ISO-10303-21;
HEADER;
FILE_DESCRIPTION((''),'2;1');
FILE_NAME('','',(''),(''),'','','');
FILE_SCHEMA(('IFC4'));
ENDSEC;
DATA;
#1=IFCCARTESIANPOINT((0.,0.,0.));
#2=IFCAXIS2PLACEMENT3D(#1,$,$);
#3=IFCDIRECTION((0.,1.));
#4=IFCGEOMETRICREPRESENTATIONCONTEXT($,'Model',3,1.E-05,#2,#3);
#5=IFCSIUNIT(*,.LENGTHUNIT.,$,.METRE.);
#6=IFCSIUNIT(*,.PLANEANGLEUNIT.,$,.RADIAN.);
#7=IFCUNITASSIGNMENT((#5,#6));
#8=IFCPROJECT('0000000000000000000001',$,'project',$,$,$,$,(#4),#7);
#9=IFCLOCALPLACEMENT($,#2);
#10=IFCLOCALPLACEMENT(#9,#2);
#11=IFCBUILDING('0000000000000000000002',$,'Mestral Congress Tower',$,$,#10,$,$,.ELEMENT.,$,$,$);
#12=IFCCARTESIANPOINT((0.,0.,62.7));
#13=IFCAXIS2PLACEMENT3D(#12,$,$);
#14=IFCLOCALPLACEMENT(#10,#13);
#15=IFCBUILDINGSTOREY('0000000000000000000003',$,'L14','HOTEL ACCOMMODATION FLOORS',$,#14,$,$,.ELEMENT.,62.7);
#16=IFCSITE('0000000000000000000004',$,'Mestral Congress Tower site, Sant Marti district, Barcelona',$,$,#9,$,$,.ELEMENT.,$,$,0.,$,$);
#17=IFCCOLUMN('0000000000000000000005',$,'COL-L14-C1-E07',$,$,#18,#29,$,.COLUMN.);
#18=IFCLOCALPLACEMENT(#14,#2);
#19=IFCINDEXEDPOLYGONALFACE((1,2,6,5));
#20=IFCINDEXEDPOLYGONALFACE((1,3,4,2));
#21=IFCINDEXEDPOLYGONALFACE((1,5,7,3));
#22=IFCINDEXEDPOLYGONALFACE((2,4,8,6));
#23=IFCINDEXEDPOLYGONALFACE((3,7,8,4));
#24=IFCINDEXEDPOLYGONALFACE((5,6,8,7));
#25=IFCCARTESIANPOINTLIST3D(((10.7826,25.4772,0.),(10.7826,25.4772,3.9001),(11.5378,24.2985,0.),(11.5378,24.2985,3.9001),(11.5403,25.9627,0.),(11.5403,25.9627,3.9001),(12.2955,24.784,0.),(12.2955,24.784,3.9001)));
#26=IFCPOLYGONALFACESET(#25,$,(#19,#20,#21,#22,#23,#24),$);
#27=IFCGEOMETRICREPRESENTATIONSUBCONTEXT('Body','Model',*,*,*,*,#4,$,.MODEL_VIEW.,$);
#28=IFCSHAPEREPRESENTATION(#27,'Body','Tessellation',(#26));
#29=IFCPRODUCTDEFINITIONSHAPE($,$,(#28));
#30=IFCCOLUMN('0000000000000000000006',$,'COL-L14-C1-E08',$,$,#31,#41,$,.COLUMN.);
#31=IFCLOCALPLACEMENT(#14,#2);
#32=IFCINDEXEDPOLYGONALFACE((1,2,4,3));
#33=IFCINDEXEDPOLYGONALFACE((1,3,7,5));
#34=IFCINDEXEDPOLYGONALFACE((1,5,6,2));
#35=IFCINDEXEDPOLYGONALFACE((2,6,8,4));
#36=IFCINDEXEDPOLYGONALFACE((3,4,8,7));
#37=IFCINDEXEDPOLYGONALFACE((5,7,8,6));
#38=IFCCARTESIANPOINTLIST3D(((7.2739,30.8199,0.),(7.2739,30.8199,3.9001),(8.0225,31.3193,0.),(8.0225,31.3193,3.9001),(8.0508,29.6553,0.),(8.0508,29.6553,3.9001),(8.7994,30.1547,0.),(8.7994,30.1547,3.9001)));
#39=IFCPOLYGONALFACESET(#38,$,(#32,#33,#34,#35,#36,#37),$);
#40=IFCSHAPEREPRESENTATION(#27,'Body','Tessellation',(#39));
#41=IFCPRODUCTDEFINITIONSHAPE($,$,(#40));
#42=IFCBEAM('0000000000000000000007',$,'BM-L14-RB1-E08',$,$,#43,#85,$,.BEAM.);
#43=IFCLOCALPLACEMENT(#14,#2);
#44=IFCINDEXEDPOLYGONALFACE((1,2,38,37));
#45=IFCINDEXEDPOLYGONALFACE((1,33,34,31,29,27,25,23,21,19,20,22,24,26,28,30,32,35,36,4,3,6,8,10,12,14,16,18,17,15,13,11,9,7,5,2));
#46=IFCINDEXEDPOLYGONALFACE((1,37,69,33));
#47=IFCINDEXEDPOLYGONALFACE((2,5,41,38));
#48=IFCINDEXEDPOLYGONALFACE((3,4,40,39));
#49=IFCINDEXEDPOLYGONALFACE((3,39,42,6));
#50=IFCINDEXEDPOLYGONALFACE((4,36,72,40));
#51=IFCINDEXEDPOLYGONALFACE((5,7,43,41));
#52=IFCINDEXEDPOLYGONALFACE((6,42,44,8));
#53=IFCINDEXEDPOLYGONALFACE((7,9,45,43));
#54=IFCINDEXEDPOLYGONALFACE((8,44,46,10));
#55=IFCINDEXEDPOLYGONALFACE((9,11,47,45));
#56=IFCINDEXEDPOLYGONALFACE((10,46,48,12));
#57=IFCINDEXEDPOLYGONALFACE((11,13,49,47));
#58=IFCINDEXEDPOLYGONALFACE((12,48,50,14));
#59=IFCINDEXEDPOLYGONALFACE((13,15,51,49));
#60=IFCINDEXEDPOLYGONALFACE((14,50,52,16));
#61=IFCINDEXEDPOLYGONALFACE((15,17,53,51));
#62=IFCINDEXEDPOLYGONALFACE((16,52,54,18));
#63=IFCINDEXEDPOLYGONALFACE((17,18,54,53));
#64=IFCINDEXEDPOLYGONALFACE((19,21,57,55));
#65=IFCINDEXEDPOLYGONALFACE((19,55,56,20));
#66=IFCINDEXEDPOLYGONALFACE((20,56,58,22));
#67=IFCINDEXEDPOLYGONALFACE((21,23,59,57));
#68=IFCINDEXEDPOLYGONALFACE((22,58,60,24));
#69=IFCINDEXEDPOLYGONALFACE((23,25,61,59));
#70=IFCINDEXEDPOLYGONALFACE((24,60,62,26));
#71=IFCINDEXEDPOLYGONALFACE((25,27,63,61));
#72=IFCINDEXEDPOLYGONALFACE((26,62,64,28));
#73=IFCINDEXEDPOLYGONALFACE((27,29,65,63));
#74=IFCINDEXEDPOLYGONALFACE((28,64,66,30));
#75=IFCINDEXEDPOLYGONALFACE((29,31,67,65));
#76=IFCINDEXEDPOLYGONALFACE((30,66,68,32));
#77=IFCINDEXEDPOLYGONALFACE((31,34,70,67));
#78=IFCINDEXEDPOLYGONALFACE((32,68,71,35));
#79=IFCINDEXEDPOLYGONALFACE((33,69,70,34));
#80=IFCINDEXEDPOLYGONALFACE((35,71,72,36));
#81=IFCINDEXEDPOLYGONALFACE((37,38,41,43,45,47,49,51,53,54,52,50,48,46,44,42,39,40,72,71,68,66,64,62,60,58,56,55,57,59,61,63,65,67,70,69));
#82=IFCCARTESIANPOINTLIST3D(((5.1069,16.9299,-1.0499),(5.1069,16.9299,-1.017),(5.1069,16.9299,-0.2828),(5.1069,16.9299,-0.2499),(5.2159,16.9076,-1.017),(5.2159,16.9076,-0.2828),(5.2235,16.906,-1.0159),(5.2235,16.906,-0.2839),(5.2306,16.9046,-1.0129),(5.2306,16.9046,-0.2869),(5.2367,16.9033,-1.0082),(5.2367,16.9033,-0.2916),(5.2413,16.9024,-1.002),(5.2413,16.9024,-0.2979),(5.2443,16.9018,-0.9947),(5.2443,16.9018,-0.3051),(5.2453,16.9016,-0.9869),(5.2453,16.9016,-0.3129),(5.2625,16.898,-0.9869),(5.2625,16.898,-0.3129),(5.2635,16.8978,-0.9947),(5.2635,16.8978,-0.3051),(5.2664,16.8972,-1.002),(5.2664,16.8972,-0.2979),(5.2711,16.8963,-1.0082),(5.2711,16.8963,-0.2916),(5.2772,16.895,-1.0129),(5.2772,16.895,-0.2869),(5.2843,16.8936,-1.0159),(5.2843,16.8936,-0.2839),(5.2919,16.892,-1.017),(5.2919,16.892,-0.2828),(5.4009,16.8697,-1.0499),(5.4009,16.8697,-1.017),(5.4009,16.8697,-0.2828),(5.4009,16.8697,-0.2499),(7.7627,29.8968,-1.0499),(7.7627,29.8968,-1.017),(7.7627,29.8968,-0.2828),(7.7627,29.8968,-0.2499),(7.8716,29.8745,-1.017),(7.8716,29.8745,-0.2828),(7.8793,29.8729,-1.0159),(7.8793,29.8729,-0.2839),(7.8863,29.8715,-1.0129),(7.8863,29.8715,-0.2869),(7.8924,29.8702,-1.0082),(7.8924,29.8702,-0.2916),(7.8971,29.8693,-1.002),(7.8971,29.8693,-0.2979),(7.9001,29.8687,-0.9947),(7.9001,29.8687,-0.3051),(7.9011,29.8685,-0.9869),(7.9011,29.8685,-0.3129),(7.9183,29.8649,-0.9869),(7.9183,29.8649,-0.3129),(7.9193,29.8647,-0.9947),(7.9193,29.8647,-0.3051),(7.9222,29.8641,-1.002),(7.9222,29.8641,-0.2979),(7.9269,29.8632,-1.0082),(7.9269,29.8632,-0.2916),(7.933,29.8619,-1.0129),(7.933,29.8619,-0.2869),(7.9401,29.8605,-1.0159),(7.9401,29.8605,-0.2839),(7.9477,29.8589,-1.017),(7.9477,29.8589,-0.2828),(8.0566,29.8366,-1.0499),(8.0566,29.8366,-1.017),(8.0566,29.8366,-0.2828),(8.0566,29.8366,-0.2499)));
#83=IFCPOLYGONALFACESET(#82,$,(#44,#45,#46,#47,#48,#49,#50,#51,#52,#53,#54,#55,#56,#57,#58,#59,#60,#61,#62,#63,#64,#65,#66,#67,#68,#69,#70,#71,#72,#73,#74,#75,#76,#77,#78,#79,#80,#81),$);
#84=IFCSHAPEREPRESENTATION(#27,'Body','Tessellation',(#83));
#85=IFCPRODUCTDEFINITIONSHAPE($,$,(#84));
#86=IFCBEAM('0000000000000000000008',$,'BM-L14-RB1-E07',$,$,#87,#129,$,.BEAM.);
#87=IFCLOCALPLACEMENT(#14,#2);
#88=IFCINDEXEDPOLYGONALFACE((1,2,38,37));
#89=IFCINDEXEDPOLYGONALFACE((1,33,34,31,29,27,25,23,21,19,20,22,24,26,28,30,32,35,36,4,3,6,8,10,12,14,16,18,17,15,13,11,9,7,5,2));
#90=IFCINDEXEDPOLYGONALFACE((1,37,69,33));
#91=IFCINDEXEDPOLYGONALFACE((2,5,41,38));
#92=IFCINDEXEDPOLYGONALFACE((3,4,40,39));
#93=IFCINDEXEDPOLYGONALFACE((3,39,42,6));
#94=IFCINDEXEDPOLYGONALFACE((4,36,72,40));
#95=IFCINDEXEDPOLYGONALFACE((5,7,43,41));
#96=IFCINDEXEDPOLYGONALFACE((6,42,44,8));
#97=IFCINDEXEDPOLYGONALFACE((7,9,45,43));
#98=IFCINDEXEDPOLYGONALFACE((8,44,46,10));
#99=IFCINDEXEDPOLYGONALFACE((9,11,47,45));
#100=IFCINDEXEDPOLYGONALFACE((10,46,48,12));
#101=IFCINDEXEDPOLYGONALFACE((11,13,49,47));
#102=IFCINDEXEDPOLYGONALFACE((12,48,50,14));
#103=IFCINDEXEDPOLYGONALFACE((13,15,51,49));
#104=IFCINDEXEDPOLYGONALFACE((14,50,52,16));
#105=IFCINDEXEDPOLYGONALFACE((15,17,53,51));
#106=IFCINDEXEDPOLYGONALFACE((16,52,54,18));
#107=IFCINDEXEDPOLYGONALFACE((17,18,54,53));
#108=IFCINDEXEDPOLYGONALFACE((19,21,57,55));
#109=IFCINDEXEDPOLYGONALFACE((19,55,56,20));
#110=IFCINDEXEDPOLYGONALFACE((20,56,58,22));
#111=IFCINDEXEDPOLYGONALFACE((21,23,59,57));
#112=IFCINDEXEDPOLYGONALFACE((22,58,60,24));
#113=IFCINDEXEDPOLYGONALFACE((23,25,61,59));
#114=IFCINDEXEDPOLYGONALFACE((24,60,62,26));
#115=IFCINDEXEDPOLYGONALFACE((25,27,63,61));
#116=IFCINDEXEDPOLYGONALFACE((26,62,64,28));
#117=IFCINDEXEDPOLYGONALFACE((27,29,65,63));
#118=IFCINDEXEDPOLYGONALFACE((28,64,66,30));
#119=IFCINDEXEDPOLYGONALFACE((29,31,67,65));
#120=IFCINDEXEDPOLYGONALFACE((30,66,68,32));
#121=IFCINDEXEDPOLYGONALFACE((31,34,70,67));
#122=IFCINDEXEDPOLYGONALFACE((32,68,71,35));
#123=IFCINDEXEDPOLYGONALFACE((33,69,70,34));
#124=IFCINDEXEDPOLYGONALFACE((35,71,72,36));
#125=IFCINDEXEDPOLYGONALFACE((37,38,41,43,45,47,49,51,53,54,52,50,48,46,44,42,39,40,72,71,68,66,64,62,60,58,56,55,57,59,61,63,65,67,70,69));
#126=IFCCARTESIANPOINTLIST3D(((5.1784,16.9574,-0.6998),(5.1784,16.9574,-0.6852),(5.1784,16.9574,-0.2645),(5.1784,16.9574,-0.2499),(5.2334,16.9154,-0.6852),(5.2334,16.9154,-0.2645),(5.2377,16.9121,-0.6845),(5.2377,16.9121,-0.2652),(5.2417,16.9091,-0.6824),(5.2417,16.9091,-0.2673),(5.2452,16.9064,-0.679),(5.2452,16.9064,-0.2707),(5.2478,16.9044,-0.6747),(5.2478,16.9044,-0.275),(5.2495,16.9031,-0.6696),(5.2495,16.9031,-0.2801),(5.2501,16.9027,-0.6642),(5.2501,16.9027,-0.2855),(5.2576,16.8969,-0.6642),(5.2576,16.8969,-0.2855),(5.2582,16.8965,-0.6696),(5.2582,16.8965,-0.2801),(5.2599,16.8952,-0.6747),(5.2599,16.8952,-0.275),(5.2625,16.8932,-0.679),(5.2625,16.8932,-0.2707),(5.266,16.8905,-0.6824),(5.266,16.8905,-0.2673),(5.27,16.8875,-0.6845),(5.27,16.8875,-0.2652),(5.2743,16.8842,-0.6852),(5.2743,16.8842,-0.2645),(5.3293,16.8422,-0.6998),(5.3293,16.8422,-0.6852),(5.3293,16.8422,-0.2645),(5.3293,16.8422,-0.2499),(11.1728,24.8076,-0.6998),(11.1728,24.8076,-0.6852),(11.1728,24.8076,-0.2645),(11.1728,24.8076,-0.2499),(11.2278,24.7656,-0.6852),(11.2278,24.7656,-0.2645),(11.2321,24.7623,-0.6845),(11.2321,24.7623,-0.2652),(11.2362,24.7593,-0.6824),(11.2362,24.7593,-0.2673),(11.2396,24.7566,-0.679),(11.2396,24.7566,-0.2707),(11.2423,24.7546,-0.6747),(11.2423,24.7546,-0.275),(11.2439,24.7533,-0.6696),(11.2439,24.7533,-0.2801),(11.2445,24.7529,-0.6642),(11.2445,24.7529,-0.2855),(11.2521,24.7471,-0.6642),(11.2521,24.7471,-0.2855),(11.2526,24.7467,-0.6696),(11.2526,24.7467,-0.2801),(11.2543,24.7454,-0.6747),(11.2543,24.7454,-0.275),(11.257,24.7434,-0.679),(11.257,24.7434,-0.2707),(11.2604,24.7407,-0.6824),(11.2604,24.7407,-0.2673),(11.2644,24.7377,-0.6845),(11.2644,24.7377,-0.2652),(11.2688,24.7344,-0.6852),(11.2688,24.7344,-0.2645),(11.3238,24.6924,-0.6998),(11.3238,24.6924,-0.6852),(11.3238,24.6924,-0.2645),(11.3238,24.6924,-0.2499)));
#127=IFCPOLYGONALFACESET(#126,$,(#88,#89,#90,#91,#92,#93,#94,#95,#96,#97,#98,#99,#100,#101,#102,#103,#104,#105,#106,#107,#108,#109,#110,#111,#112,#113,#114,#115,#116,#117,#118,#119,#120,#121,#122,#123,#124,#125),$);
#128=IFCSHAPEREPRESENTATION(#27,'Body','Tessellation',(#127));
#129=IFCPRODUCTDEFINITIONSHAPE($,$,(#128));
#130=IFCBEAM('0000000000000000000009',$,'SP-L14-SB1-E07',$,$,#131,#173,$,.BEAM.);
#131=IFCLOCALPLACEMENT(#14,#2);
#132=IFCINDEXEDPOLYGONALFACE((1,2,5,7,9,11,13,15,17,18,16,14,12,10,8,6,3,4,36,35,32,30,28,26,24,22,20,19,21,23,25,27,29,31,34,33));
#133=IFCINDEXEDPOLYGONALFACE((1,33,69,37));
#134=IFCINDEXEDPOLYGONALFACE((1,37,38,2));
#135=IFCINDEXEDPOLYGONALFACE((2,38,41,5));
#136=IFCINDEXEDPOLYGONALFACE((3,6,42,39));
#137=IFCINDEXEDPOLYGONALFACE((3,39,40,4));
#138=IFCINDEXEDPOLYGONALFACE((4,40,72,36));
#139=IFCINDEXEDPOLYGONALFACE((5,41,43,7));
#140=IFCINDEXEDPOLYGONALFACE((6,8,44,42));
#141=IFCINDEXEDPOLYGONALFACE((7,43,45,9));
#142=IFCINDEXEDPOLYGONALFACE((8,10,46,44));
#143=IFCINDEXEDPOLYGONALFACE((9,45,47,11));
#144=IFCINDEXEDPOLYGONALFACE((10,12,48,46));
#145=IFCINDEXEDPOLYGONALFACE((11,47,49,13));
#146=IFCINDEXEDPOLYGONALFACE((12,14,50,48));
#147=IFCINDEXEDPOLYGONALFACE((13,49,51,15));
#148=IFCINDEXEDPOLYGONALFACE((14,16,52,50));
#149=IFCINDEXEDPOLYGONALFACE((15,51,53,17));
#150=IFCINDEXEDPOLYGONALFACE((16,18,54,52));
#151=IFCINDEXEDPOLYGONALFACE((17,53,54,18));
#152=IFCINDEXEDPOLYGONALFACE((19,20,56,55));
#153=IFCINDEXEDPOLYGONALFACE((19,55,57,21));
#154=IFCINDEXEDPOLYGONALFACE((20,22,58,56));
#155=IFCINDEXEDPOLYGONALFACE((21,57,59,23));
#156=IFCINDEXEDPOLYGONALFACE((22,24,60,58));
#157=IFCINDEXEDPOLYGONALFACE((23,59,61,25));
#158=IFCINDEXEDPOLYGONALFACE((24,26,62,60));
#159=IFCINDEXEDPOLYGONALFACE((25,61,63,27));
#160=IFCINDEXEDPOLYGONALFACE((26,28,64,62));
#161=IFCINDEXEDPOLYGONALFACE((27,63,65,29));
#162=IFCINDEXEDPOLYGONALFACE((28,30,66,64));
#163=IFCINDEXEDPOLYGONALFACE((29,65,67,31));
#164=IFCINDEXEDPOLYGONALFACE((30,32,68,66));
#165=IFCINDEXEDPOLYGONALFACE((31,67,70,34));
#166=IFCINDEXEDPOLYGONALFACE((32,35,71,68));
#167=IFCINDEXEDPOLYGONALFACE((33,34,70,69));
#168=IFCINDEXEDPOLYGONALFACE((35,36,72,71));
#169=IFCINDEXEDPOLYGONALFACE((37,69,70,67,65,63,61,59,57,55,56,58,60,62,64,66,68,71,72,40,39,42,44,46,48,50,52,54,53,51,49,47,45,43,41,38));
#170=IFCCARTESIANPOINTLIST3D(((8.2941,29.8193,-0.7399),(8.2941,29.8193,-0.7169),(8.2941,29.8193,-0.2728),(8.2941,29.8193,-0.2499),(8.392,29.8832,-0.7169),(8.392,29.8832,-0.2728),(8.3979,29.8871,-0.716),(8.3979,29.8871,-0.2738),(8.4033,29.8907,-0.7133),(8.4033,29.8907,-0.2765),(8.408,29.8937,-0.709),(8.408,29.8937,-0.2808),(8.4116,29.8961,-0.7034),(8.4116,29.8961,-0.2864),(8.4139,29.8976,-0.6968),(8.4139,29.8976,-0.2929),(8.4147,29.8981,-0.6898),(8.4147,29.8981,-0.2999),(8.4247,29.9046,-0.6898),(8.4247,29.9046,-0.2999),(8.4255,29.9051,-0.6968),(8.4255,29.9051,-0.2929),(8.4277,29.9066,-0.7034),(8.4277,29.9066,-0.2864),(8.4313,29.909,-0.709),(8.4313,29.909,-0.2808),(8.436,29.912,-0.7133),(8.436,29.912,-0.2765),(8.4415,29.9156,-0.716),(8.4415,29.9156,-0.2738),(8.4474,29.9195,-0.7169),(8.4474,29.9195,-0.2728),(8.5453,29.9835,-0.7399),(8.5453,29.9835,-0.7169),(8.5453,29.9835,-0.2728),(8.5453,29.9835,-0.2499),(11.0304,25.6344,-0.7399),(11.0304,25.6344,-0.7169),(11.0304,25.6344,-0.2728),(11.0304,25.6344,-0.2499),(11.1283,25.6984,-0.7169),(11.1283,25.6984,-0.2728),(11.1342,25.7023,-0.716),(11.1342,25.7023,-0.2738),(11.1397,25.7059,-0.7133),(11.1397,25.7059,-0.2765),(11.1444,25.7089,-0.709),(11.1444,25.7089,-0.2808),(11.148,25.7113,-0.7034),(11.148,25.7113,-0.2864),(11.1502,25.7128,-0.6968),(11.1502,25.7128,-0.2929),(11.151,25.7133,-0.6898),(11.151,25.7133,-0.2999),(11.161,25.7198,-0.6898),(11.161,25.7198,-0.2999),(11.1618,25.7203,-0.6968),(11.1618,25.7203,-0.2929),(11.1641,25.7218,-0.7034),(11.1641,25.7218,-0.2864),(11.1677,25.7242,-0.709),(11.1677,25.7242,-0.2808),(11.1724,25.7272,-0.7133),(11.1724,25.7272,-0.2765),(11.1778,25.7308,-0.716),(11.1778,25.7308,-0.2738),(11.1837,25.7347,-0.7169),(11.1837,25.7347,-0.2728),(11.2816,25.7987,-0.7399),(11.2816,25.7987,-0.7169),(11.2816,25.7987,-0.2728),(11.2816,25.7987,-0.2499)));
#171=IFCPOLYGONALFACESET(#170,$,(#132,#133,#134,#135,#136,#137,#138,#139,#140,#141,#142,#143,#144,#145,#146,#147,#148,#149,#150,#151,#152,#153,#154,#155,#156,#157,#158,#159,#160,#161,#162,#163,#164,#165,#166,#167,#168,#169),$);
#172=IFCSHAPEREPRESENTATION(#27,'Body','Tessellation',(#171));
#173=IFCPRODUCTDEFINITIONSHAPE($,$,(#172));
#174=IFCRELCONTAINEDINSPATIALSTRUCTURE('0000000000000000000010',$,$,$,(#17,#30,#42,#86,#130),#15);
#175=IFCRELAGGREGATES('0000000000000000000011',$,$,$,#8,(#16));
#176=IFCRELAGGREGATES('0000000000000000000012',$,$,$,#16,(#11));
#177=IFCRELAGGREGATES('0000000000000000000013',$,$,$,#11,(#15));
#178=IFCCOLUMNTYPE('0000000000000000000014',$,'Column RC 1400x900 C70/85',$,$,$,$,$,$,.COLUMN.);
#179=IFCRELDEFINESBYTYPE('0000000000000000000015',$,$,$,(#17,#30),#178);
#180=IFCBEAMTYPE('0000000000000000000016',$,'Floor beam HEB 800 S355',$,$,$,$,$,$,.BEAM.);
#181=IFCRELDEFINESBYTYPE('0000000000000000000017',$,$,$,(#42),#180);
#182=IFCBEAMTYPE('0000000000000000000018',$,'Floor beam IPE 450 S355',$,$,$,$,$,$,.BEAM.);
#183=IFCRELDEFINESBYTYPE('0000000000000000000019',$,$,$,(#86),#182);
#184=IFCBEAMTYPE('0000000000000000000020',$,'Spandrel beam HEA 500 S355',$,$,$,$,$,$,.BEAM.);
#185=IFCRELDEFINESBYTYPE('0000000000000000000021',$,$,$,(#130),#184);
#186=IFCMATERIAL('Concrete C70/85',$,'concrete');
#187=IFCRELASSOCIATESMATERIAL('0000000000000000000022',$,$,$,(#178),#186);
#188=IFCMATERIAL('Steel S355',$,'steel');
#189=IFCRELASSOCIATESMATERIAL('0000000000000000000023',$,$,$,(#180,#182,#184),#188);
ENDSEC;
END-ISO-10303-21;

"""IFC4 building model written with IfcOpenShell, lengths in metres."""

from ifc_helpers import new_model, si_unit, direction, frame, origin, origin_2d, place, context, subcontext, project, spatial, rectangle, i_section, extrude, material, material_profile, profile_set, type_object, element, save


model = new_model("IFC4")

# Units and contexts
model_context = context("Model", 3, precision=1e-05, world=origin(), true_north=direction((0.0, 1.0)))
body_context = subcontext(model_context, "Body", "Model", "MODEL_VIEW")
ifc_project = project(units=[si_unit("LENGTHUNIT", "METRE"), si_unit("PLANEANGLEUNIT", "RADIAN")], contexts=[model_context])

# Site, building, storey
site_placement = place(None, origin())
site = spatial("IfcSite", under=ifc_project, at=site_placement, Name="Mestral Congress Tower site, Sant Marti district, Barcelona", CompositionType="ELEMENT", RefElevation=0.0)
building_placement = place(site_placement, origin())
building = spatial("IfcBuilding", under=site, at=building_placement, Name="Mestral Congress Tower", CompositionType="ELEMENT")
storey_placement = place(building_placement, frame((0.0, 0.0, 62.7)))
storey = spatial("IfcBuildingStorey", under=building, at=storey_placement, Name="L14", Description="HOTEL ACCOMMODATION FLOORS", CompositionType="ELEMENT", Elevation=62.7)

# Columns
ifc_material_1 = material(Name="Concrete C70/85", Category="concrete")
ifc_material_profile_1 = material_profile(ifc_material_1, rectangle(XDim=1.3999, YDim=0.8999, at=origin_2d()), Name="RC 1400x900")
ifc_profile_set_1 = profile_set([ifc_material_profile_1], Name="Concrete C70/85")
column_type = type_object("IfcColumnType", Name="Column RC 1400x900 C70/85", PredefinedType="COLUMN", material=ifc_profile_set_1)
for number, where, z_axis, x_axis, name in (
    (1, (11.5391, 25.1306, 0.0), (0.0, 0.0, 1.0), (-0.539476, 0.842001, 0.0), "COL-L14-C1-E07"),
    (2, (8.0366, 30.4873, 0.0), (0.0, 0.0, 1.0), (-0.554949, 0.831884, 0.0), "COL-L14-C1-E08"),
):
    element("IfcColumn", number, at=place(storey_placement, frame(where, z_axis=z_axis, x_axis=x_axis)), inside=storey, type_object=column_type, Name=name, PredefinedType="COLUMN", context=body_context, shape_type="SweptSolid", body=[
        extrude(rectangle(XDim=1.3999, YDim=0.8999, at=origin_2d()), origin(), (0.0, 0.0, 1.0), 3.9001),
    ])

# Beams
ifc_material_2 = material(Name="Steel S355", Category="steel")
ifc_material_profile_2 = material_profile(ifc_material_2, i_section(OverallWidth=0.3, OverallDepth=0.8, WebThickness=0.0176, FlangeThickness=0.033, FilletRadius=0.03, at=origin_2d()), Name="HEB 800")
ifc_profile_set_2 = profile_set([ifc_material_profile_2], Name="Steel S355")
beam_type_1 = type_object("IfcBeamType", Name="Floor beam HEB 800 S355", PredefinedType="BEAM", material=ifc_profile_set_2)
beam_1_placement = place(storey_placement, frame((7.9097, 29.8667, -0.6499), z_axis=(-0.200647, -0.979664, 0.0), x_axis=(0.979664, -0.200647, 0.0)))
element("IfcBeam", 3, at=beam_1_placement, inside=storey, type_object=beam_type_1, Name="BM-L14-RB1-E08", PredefinedType="BEAM", context=body_context, shape_type="SweptSolid", body=[
    extrude(i_section(OverallWidth=0.3, OverallDepth=0.8, WebThickness=0.0176, FlangeThickness=0.033, FilletRadius=0.03, at=origin_2d()), origin(), (0.0, 0.0, 1.0), 13.2361),
])
ifc_material_profile_3 = material_profile(ifc_material_2, i_section(OverallWidth=0.1899, OverallDepth=0.45, WebThickness=0.0095, FlangeThickness=0.0146, FilletRadius=0.021, at=origin_2d()), Name="IPE 450")
ifc_profile_set_3 = profile_set([ifc_material_profile_3], Name="Steel S355")
beam_type_2 = type_object("IfcBeamType", Name="Floor beam IPE 450 S355", PredefinedType="BEAM", material=ifc_profile_set_3)
beam_2_placement = place(storey_placement, frame((11.2483, 24.75, -0.4749), z_axis=(-0.606899, -0.794779, 0.0), x_axis=(0.794779, -0.606899, 0.0)))
element("IfcBeam", 4, at=beam_2_placement, inside=storey, type_object=beam_type_2, Name="BM-L14-RB1-E07", PredefinedType="BEAM", context=body_context, shape_type="SweptSolid", body=[
    extrude(i_section(OverallWidth=0.1899, OverallDepth=0.45, WebThickness=0.0095, FlangeThickness=0.0146, FilletRadius=0.021, at=origin_2d()), origin(), (0.0, 0.0, 1.0), 9.8772),
])
ifc_material_profile_4 = material_profile(ifc_material_2, i_section(OverallWidth=0.3, OverallDepth=0.49, WebThickness=0.012, FlangeThickness=0.0229, FilletRadius=0.0271, at=origin_2d()), Name="HEA 500")
ifc_profile_set_4 = profile_set([ifc_material_profile_4], Name="Steel S355")
beam_type_3 = type_object("IfcBeamType", Name="Spandrel beam HEA 500 S355", PredefinedType="BEAM", material=ifc_profile_set_4)
beam_3_placement = place(storey_placement, frame((11.156, 25.7166, -0.4949), z_axis=(-0.547264, 0.83696, 0.0), x_axis=(-0.83696, -0.547264, 0.0)))
element("IfcBeam", 5, at=beam_3_placement, inside=storey, type_object=beam_type_3, Name="SP-L14-SB1-E07", PredefinedType="BEAM", context=body_context, shape_type="SweptSolid", body=[
    extrude(i_section(OverallWidth=0.3, OverallDepth=0.49, WebThickness=0.012, FlangeThickness=0.0229, FilletRadius=0.0271, at=origin_2d()), origin(), (0.0, 0.0, 1.0), 5.0),
])

save(model, "model.ifc")
